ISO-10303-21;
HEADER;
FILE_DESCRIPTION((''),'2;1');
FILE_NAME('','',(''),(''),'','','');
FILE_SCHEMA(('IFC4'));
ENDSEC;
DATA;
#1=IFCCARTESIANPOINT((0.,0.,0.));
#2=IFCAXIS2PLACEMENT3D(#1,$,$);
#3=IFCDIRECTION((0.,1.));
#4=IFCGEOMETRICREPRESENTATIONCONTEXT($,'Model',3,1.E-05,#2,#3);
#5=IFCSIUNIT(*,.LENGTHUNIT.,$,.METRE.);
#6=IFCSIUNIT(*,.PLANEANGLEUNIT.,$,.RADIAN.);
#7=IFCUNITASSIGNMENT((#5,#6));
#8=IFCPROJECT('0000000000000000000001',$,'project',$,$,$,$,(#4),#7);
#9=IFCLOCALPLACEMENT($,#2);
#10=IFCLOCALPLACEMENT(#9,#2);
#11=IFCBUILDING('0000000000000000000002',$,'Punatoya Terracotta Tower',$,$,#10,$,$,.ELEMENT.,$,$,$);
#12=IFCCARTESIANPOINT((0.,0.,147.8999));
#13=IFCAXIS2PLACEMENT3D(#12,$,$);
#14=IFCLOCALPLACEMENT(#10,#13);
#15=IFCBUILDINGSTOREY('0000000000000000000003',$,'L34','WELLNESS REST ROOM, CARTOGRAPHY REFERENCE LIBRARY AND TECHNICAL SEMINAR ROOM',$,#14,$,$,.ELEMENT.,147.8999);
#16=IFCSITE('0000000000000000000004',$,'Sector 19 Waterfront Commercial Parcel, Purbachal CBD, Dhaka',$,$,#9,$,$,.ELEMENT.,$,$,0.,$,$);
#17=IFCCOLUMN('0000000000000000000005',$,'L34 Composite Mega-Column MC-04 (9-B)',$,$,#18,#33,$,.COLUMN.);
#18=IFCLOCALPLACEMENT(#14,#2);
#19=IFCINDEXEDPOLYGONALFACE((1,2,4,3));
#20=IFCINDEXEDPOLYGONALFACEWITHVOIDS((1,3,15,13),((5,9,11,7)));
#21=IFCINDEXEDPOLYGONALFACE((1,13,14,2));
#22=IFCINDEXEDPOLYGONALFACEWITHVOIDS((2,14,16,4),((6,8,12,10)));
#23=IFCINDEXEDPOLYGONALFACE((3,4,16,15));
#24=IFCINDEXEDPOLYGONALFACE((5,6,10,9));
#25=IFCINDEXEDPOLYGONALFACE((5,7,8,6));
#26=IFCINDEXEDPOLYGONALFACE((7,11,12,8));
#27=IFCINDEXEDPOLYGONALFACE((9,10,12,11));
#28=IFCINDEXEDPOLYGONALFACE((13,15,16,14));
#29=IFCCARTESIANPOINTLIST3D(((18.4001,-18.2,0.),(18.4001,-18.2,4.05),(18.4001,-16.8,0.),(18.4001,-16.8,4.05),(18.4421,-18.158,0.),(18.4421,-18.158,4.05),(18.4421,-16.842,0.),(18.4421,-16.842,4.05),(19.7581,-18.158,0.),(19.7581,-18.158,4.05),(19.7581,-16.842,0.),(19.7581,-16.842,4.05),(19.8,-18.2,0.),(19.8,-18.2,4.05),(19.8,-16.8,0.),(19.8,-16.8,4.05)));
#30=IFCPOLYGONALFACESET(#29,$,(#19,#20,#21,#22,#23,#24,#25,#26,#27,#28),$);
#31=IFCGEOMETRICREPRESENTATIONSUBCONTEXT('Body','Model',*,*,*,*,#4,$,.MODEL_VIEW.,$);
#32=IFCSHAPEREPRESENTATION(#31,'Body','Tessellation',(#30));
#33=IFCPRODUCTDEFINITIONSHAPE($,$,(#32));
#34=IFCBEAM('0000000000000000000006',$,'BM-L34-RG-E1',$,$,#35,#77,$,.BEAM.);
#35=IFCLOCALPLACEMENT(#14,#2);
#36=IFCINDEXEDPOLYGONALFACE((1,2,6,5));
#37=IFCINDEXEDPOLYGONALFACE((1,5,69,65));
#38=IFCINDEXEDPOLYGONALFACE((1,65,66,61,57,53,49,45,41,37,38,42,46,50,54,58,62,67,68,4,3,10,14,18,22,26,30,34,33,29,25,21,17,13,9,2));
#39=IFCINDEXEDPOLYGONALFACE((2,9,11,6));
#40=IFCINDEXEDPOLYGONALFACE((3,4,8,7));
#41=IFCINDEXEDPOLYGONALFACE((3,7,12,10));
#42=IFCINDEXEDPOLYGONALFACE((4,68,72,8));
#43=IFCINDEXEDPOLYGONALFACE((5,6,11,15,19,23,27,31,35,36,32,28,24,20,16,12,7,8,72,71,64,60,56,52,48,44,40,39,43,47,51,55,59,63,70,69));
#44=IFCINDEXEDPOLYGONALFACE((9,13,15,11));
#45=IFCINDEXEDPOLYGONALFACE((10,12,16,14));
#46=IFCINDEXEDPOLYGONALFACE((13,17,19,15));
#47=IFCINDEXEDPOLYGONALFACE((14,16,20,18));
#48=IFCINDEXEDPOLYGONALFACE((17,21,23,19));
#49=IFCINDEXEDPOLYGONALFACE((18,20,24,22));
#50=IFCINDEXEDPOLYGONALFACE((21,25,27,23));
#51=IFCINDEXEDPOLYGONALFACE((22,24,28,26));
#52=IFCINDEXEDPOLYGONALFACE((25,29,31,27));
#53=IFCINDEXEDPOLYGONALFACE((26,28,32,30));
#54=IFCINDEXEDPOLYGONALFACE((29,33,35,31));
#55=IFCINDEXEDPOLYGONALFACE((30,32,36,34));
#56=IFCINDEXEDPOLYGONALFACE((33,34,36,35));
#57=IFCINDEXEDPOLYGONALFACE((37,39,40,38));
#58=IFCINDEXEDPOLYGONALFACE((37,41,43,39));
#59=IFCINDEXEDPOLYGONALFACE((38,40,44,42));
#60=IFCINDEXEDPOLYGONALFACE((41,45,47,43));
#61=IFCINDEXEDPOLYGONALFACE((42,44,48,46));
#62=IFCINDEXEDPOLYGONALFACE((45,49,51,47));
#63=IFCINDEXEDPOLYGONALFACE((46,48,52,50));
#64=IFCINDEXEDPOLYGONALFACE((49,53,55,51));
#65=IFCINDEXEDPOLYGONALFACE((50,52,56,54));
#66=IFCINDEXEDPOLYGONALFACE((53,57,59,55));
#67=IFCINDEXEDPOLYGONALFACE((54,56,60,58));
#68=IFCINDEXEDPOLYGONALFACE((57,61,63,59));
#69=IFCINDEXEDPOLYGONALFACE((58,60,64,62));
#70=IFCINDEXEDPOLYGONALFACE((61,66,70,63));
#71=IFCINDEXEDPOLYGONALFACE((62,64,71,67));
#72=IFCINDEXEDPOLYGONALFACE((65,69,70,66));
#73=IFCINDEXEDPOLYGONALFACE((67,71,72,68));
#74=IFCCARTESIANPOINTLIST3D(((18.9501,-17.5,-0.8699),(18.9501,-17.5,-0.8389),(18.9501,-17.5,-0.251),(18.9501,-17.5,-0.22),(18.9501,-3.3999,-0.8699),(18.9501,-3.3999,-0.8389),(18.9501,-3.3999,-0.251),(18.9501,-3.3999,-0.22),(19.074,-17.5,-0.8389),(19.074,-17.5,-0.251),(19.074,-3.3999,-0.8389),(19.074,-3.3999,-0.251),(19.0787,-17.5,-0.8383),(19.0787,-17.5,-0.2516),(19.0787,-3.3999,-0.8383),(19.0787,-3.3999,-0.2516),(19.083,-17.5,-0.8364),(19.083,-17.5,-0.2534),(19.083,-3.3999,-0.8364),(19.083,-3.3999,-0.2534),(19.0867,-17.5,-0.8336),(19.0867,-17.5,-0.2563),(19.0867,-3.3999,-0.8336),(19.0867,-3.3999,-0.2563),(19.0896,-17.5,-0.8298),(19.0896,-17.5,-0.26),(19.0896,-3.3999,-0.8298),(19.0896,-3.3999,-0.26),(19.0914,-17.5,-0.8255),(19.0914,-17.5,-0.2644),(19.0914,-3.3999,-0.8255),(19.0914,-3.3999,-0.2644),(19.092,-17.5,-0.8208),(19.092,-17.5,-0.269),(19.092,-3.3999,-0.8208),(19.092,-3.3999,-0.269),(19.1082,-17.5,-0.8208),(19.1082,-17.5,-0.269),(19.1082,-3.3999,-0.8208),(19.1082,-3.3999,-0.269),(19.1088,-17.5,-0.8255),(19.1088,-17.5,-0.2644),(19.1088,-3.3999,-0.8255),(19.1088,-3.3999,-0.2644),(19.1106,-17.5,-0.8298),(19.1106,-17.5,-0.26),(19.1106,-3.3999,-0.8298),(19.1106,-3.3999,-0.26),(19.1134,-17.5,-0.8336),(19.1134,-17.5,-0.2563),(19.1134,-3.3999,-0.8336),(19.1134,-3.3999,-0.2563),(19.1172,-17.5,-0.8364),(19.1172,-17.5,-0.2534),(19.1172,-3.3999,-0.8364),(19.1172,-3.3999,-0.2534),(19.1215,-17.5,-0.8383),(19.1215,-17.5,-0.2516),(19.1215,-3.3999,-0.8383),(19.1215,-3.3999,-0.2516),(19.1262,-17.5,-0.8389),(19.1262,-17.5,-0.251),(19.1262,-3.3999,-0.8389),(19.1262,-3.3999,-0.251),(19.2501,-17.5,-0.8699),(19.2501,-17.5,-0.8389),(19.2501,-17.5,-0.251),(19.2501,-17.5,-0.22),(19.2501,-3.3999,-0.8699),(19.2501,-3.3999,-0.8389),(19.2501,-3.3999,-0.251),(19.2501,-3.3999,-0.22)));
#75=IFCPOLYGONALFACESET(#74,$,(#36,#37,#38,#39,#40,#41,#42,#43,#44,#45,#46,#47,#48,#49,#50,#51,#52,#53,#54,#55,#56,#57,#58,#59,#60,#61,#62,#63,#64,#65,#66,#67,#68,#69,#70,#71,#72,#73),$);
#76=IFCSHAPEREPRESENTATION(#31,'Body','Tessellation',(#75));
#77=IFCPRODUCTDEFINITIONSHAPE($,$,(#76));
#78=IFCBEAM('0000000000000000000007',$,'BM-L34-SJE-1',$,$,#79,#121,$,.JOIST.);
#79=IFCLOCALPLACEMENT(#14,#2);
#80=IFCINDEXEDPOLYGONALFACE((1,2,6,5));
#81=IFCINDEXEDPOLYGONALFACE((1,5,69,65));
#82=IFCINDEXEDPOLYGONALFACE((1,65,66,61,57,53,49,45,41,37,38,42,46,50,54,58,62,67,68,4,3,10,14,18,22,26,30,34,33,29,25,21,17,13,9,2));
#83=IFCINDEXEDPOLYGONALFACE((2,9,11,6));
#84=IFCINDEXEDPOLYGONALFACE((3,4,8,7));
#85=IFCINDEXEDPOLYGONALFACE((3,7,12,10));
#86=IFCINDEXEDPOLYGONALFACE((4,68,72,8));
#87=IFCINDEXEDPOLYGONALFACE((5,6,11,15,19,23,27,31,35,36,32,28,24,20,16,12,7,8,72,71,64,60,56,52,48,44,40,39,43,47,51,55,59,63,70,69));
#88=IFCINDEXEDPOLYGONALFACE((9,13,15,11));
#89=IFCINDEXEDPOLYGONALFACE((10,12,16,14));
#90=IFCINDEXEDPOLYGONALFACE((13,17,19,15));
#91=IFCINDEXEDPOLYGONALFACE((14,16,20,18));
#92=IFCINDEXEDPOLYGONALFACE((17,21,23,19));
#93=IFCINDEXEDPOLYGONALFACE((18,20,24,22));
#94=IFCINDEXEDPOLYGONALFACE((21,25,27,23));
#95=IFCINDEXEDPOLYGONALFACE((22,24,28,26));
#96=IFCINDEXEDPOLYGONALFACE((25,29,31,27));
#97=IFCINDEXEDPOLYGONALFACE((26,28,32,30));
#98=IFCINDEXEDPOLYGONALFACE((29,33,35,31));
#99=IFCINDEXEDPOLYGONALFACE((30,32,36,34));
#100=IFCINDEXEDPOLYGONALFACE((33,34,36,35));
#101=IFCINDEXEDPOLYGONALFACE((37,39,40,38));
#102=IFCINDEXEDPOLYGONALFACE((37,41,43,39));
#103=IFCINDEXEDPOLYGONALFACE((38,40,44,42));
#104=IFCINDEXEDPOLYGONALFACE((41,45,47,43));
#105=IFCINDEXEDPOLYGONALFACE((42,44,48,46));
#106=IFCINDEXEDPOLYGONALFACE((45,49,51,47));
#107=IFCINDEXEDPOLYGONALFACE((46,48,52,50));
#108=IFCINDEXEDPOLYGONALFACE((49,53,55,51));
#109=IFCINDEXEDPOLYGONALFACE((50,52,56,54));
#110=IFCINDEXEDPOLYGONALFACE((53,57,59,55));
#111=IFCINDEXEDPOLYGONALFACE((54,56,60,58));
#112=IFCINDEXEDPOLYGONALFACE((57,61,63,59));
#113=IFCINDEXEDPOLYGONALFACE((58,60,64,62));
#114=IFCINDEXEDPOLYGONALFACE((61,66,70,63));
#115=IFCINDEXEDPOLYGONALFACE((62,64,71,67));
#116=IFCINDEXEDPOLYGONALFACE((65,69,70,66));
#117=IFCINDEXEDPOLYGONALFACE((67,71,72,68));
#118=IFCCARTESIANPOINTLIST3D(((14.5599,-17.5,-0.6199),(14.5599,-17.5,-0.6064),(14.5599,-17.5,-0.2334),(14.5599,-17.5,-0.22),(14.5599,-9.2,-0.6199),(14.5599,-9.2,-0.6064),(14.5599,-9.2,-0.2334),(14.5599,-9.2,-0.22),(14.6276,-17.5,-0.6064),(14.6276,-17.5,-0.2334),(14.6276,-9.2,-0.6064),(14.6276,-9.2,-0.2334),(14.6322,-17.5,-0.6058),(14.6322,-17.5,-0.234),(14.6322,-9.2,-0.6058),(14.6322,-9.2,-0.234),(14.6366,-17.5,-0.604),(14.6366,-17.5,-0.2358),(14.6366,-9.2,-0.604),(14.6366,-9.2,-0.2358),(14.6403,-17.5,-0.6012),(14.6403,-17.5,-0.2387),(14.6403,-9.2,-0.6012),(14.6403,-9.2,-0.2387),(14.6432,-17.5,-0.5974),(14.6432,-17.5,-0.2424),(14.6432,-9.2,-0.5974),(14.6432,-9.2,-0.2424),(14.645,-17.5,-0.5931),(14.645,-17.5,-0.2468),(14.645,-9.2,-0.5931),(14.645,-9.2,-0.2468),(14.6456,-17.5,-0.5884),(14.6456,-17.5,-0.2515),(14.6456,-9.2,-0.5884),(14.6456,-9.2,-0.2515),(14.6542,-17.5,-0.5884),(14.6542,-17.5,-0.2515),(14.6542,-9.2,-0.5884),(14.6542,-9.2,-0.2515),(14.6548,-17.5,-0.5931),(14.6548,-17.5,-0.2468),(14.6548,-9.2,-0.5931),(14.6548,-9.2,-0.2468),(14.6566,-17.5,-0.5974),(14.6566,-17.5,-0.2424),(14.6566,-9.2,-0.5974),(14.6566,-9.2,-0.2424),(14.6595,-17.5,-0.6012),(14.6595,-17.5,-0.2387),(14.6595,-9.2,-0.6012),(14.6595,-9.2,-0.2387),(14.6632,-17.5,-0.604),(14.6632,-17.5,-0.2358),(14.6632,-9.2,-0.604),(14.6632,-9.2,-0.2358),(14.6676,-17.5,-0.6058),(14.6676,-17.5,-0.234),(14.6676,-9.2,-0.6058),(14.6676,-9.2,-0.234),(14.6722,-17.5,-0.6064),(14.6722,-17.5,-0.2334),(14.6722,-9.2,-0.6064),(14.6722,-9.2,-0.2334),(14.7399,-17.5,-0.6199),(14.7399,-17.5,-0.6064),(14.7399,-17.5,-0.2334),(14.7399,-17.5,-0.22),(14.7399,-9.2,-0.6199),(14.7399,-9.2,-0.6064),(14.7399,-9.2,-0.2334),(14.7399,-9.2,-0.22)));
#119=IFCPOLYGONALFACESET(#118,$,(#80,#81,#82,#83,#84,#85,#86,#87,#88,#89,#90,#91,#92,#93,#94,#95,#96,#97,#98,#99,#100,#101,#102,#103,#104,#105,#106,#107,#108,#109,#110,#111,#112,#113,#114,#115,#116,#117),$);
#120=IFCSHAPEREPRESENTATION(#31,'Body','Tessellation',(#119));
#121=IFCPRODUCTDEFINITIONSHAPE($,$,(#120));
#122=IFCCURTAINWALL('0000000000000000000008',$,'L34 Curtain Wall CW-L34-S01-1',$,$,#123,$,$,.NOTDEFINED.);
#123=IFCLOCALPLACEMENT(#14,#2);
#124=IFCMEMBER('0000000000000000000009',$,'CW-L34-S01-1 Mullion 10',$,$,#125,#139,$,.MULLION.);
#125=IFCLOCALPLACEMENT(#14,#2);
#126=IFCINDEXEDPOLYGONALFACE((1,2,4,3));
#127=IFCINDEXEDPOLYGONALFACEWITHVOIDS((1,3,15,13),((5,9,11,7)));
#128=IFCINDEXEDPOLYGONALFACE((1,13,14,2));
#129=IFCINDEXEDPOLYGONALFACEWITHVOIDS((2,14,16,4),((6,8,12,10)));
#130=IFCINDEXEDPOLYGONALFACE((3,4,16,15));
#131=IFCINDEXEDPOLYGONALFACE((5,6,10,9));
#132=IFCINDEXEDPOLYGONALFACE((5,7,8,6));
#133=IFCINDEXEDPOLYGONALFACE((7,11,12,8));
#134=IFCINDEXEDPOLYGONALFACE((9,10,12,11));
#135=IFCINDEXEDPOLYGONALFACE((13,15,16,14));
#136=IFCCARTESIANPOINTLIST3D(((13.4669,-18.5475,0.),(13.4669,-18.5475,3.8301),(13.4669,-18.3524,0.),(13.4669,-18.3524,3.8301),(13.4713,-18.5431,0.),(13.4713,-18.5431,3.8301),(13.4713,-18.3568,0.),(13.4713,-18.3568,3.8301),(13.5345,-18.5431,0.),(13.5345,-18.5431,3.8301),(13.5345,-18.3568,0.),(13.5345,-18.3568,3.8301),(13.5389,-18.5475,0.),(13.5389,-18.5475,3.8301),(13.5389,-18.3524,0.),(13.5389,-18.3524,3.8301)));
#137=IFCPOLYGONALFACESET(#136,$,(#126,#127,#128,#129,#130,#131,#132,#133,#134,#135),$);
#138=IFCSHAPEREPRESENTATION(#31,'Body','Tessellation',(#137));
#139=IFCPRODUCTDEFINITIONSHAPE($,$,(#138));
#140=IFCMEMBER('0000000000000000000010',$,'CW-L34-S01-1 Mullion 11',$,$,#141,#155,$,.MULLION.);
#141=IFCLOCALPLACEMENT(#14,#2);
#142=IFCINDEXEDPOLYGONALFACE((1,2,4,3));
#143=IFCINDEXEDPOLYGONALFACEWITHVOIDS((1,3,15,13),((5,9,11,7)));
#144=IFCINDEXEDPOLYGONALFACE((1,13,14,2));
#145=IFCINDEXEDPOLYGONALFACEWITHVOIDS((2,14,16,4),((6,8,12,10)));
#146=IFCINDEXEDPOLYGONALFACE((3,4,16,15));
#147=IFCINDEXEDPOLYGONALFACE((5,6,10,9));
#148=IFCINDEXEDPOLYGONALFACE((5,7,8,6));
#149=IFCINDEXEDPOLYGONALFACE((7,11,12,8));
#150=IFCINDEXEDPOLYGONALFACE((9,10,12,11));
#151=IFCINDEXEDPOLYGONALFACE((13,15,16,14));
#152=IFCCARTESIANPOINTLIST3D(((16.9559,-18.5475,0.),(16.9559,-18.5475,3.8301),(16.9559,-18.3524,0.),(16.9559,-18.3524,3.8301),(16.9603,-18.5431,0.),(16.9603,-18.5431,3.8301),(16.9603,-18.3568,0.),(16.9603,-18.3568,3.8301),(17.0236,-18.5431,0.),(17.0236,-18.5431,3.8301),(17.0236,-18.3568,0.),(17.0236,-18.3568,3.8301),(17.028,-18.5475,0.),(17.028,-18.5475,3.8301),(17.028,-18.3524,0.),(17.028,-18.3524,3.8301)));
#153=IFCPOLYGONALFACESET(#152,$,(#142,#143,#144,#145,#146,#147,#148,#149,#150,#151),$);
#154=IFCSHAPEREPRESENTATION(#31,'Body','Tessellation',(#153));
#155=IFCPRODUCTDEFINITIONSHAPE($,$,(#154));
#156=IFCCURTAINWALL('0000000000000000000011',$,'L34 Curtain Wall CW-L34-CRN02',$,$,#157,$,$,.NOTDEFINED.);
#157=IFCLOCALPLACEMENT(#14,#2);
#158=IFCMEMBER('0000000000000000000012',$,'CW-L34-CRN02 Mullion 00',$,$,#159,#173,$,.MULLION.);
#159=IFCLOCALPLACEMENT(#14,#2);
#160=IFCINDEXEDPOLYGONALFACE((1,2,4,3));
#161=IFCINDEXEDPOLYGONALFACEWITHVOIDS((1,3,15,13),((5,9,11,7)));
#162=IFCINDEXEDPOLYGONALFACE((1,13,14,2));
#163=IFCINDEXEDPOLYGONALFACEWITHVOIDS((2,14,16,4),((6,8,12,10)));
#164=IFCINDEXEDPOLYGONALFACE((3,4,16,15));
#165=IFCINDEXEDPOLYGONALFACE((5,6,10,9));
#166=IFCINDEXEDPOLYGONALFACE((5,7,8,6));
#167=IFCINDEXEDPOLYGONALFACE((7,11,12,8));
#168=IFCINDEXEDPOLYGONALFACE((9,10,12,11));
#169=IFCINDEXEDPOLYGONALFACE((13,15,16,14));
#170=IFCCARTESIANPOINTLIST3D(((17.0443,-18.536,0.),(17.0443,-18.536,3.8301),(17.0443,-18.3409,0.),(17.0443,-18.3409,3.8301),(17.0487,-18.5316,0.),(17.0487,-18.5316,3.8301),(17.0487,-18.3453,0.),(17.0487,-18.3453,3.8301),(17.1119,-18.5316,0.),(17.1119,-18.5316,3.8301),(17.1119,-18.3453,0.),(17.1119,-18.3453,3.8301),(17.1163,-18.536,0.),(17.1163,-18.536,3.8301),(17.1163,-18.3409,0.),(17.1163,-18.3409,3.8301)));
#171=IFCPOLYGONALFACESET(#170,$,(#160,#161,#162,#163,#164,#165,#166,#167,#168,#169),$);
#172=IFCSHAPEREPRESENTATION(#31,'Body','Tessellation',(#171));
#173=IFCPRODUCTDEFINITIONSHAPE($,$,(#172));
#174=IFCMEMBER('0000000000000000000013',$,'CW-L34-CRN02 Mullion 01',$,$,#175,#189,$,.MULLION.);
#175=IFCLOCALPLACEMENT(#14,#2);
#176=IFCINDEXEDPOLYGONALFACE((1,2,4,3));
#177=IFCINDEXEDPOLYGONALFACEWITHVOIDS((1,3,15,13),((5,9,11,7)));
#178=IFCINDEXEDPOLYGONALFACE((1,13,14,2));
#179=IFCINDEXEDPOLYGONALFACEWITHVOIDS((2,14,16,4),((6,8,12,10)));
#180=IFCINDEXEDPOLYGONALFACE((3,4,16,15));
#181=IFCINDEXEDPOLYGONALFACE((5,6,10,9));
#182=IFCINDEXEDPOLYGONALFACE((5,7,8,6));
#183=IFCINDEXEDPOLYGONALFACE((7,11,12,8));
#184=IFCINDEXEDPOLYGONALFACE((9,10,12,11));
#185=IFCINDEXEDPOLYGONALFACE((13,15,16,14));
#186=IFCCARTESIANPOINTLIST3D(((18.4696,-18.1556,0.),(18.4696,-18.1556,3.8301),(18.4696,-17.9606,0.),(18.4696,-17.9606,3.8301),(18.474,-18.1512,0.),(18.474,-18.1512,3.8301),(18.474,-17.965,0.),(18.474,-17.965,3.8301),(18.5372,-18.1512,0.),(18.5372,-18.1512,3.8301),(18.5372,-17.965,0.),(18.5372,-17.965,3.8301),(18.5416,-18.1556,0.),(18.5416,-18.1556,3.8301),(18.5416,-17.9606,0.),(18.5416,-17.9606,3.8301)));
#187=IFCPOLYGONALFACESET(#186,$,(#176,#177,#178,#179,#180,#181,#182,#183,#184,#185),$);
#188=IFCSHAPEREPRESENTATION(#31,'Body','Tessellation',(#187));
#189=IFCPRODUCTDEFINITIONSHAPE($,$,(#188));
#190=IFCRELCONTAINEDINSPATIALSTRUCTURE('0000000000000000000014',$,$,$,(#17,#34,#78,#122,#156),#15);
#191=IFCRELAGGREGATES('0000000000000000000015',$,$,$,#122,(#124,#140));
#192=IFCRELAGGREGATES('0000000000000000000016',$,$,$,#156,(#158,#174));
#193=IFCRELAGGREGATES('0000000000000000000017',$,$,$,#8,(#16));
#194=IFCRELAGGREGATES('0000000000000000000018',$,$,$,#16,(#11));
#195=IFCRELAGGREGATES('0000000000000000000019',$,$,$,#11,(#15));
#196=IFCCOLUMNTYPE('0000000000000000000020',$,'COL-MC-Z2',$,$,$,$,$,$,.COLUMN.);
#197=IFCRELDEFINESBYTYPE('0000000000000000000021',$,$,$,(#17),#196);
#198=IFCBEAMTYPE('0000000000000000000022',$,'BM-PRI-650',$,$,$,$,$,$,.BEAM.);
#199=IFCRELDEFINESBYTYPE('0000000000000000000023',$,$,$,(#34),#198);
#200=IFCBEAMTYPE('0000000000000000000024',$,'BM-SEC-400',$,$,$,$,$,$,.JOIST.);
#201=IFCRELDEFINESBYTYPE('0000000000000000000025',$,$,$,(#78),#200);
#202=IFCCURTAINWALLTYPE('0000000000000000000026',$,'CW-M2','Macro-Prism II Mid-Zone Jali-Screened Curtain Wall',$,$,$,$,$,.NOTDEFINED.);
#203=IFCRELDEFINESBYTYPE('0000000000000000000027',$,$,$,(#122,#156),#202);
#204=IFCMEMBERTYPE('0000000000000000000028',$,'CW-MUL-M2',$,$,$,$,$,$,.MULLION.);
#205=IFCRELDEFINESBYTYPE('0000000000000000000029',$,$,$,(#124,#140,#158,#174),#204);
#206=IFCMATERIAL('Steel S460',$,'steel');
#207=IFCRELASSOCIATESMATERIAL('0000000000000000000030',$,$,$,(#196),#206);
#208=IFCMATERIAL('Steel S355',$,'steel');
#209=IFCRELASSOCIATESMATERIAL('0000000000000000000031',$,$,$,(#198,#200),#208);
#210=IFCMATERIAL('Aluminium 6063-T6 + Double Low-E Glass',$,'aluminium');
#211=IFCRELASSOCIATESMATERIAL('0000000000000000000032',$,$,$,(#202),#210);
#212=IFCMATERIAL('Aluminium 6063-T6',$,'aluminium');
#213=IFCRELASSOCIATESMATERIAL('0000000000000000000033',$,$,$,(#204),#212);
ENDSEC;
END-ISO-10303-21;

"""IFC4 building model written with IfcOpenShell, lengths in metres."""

from ifc_helpers import new_model, si_unit, direction, frame, origin, origin_2d, place, context, subcontext, project, spatial, hollow_rectangle, i_section, extrude, material, material_profile, profile_set, type_object, element, aggregate, save


model = new_model("IFC4")

# Units and contexts
model_context = context("Model", 3, precision=1e-05, world=origin(), true_north=direction((0.0, 1.0)))
body_context = subcontext(model_context, "Body", "Model", "MODEL_VIEW")
ifc_project = project(units=[si_unit("LENGTHUNIT", "METRE"), si_unit("PLANEANGLEUNIT", "RADIAN")], contexts=[model_context])

# Site, building, storey
site_placement = place(None, origin())
site = spatial("IfcSite", under=ifc_project, at=site_placement, Name="Sector 19 Waterfront Commercial Parcel, Purbachal CBD, Dhaka", CompositionType="ELEMENT", RefElevation=0.0)
building_placement = place(site_placement, origin())
building = spatial("IfcBuilding", under=site, at=building_placement, Name="Punatoya Terracotta Tower", CompositionType="ELEMENT")
storey_placement = place(building_placement, frame((0.0, 0.0, 147.8999)))
storey = spatial("IfcBuildingStorey", under=building, at=storey_placement, Name="L34", Description="WELLNESS REST ROOM, CARTOGRAPHY REFERENCE LIBRARY AND TECHNICAL SEMINAR ROOM", CompositionType="ELEMENT", Elevation=147.8999)

# Column
ifc_material_1 = material(Name="Steel S460", Category="steel")
ifc_material_profile_1 = material_profile(ifc_material_1, hollow_rectangle(XDim=1.3999, YDim=1.3999, WallThickness=0.042, at=origin_2d()))
ifc_profile_set_1 = profile_set([ifc_material_profile_1], Name="Steel S460")
column_type = type_object("IfcColumnType", Name="COL-MC-Z2", PredefinedType="COLUMN", material=ifc_profile_set_1)
column_placement = place(storey_placement, frame((19.1001, -17.5, 0.0), z_axis=(0.0, 0.0, 1.0), x_axis=(1.0, 0.0, 0.0)))
element("IfcColumn", 1, at=column_placement, inside=storey, type_object=column_type, Name="L34 Composite Mega-Column MC-04 (9-B)", PredefinedType="COLUMN", context=body_context, shape_type="SweptSolid", body=[
    extrude(hollow_rectangle(XDim=1.3999, YDim=1.3999, WallThickness=0.042, at=origin_2d()), origin(), (0.0, 0.0, 1.0), 4.05),
])

# Beams
ifc_material_2 = material(Name="Steel S355", Category="steel")
ifc_material_profile_2 = material_profile(ifc_material_2, i_section(OverallWidth=0.3, OverallDepth=0.6499, WebThickness=0.0161, FlangeThickness=0.031, FilletRadius=0.0181, at=origin_2d()))
ifc_profile_set_2 = profile_set([ifc_material_profile_2], Name="Steel S355")
beam_type_1 = type_object("IfcBeamType", Name="BM-PRI-650", PredefinedType="BEAM", material=ifc_profile_set_2)
beam_1_placement = place(storey_placement, frame((19.1001, -17.5, -0.5449), z_axis=(0.0, 1.0, 0.0), x_axis=(-1.0, 0.0, 0.0)))
element("IfcBeam", 2, at=beam_1_placement, inside=storey, type_object=beam_type_1, Name="BM-L34-RG-E1", PredefinedType="BEAM", context=body_context, shape_type="SweptSolid", body=[
    extrude(i_section(OverallWidth=0.3, OverallDepth=0.6499, WebThickness=0.0161, FlangeThickness=0.031, FilletRadius=0.0181, at=origin_2d()), origin(), (0.0, 0.0, 1.0), 14.1001),
])
ifc_material_profile_3 = material_profile(ifc_material_2, i_section(OverallWidth=0.1799, OverallDepth=0.3999, WebThickness=0.0085, FlangeThickness=0.0134, FilletRadius=0.0181, at=origin_2d()))
ifc_profile_set_3 = profile_set([ifc_material_profile_3], Name="Steel S355")
beam_type_2 = type_object("IfcBeamType", Name="BM-SEC-400", PredefinedType="JOIST", material=ifc_profile_set_3)
beam_2_placement = place(storey_placement, frame((14.6499, -17.5, -0.4199), z_axis=(0.0, 1.0, 0.0), x_axis=(-1.0, 0.0, 0.0)))
element("IfcBeam", 3, at=beam_2_placement, inside=storey, type_object=beam_type_2, Name="BM-L34-SJE-1", PredefinedType="JOIST", context=body_context, shape_type="SweptSolid", body=[
    extrude(i_section(OverallWidth=0.1799, OverallDepth=0.3999, WebThickness=0.0085, FlangeThickness=0.0134, FilletRadius=0.0181, at=origin_2d()), origin(), (0.0, 0.0, 1.0), 8.3),
])

# Curtain walls, members
ifc_material_3 = material(Name="Aluminium 6063-T6 + Double Low-E Glass", Category="aluminium")
curtain_wall_type = type_object("IfcCurtainWallType", Name="CW-M2", Description="Macro-Prism II Mid-Zone Jali-Screened Curtain Wall", PredefinedType="NOTDEFINED", material=ifc_material_3)
curtain_wall_1_placement = place(storey_placement, origin())
curtain_wall_1 = element("IfcCurtainWall", 4, at=curtain_wall_1_placement, inside=storey, type_object=curtain_wall_type, Name="L34 Curtain Wall CW-L34-S01-1", PredefinedType="NOTDEFINED")
ifc_material_4 = material(Name="Aluminium 6063-T6", Category="aluminium")
ifc_material_profile_4 = material_profile(ifc_material_4, hollow_rectangle(XDim=0.072, YDim=0.1951, WallThickness=0.0044, at=origin_2d()))
ifc_profile_set_4 = profile_set([ifc_material_profile_4], Name="Aluminium 6063-T6")
member_type_1 = type_object("IfcMemberType", Name="CW-MUL-M2", PredefinedType="MULLION", material=ifc_profile_set_4)
member_1_placement = place(storey_placement, frame((13.5029, -18.45, 0.0), z_axis=(0.0, 0.0, 1.0), x_axis=(1.0, 0.0, 0.0)))
member_1 = element("IfcMember", 5, at=member_1_placement, type_object=member_type_1, Name="CW-L34-S01-1 Mullion 10", PredefinedType="MULLION", context=body_context, shape_type="SweptSolid", body=[
    extrude(hollow_rectangle(XDim=0.072, YDim=0.1951, WallThickness=0.0044, at=origin_2d()), origin(), (0.0, 0.0, 1.0), 3.8301),
])
member_2_placement = place(storey_placement, frame((16.9919, -18.45, 0.0), z_axis=(0.0, 0.0, 1.0), x_axis=(1.0, 0.0, 0.0)))
member_2 = element("IfcMember", 6, at=member_2_placement, type_object=member_type_1, Name="CW-L34-S01-1 Mullion 11", PredefinedType="MULLION", context=body_context, shape_type="SweptSolid", body=[
    extrude(hollow_rectangle(XDim=0.072, YDim=0.1951, WallThickness=0.0044, at=origin_2d()), origin(), (0.0, 0.0, 1.0), 3.8301),
])
curtain_wall_2_placement = place(storey_placement, origin())
curtain_wall_2 = element("IfcCurtainWall", 7, at=curtain_wall_2_placement, inside=storey, type_object=curtain_wall_type, Name="L34 Curtain Wall CW-L34-CRN02", PredefinedType="NOTDEFINED")
member_3_placement = place(storey_placement, frame((17.0803, -18.4385, 0.0), z_axis=(0.0, 0.0, 1.0), x_axis=(1.0, 0.0, 0.0)))
member_3 = element("IfcMember", 8, at=member_3_placement, type_object=member_type_1, Name="CW-L34-CRN02 Mullion 00", PredefinedType="MULLION", context=body_context, shape_type="SweptSolid", body=[
    extrude(hollow_rectangle(XDim=0.072, YDim=0.1951, WallThickness=0.0044, at=origin_2d()), origin(), (0.0, 0.0, 1.0), 3.8301),
])
member_4_placement = place(storey_placement, frame((18.5056, -18.0581, 0.0), z_axis=(0.0, 0.0, 1.0), x_axis=(1.0, 0.0, 0.0)))
member_4 = element("IfcMember", 9, at=member_4_placement, type_object=member_type_1, Name="CW-L34-CRN02 Mullion 01", PredefinedType="MULLION", context=body_context, shape_type="SweptSolid", body=[
    extrude(hollow_rectangle(XDim=0.072, YDim=0.1951, WallThickness=0.0044, at=origin_2d()), origin(), (0.0, 0.0, 1.0), 3.8301),
])

aggregate(curtain_wall_1, [member_1, member_2])
aggregate(curtain_wall_2, [member_3, member_4])

save(model, "model.ifc")
